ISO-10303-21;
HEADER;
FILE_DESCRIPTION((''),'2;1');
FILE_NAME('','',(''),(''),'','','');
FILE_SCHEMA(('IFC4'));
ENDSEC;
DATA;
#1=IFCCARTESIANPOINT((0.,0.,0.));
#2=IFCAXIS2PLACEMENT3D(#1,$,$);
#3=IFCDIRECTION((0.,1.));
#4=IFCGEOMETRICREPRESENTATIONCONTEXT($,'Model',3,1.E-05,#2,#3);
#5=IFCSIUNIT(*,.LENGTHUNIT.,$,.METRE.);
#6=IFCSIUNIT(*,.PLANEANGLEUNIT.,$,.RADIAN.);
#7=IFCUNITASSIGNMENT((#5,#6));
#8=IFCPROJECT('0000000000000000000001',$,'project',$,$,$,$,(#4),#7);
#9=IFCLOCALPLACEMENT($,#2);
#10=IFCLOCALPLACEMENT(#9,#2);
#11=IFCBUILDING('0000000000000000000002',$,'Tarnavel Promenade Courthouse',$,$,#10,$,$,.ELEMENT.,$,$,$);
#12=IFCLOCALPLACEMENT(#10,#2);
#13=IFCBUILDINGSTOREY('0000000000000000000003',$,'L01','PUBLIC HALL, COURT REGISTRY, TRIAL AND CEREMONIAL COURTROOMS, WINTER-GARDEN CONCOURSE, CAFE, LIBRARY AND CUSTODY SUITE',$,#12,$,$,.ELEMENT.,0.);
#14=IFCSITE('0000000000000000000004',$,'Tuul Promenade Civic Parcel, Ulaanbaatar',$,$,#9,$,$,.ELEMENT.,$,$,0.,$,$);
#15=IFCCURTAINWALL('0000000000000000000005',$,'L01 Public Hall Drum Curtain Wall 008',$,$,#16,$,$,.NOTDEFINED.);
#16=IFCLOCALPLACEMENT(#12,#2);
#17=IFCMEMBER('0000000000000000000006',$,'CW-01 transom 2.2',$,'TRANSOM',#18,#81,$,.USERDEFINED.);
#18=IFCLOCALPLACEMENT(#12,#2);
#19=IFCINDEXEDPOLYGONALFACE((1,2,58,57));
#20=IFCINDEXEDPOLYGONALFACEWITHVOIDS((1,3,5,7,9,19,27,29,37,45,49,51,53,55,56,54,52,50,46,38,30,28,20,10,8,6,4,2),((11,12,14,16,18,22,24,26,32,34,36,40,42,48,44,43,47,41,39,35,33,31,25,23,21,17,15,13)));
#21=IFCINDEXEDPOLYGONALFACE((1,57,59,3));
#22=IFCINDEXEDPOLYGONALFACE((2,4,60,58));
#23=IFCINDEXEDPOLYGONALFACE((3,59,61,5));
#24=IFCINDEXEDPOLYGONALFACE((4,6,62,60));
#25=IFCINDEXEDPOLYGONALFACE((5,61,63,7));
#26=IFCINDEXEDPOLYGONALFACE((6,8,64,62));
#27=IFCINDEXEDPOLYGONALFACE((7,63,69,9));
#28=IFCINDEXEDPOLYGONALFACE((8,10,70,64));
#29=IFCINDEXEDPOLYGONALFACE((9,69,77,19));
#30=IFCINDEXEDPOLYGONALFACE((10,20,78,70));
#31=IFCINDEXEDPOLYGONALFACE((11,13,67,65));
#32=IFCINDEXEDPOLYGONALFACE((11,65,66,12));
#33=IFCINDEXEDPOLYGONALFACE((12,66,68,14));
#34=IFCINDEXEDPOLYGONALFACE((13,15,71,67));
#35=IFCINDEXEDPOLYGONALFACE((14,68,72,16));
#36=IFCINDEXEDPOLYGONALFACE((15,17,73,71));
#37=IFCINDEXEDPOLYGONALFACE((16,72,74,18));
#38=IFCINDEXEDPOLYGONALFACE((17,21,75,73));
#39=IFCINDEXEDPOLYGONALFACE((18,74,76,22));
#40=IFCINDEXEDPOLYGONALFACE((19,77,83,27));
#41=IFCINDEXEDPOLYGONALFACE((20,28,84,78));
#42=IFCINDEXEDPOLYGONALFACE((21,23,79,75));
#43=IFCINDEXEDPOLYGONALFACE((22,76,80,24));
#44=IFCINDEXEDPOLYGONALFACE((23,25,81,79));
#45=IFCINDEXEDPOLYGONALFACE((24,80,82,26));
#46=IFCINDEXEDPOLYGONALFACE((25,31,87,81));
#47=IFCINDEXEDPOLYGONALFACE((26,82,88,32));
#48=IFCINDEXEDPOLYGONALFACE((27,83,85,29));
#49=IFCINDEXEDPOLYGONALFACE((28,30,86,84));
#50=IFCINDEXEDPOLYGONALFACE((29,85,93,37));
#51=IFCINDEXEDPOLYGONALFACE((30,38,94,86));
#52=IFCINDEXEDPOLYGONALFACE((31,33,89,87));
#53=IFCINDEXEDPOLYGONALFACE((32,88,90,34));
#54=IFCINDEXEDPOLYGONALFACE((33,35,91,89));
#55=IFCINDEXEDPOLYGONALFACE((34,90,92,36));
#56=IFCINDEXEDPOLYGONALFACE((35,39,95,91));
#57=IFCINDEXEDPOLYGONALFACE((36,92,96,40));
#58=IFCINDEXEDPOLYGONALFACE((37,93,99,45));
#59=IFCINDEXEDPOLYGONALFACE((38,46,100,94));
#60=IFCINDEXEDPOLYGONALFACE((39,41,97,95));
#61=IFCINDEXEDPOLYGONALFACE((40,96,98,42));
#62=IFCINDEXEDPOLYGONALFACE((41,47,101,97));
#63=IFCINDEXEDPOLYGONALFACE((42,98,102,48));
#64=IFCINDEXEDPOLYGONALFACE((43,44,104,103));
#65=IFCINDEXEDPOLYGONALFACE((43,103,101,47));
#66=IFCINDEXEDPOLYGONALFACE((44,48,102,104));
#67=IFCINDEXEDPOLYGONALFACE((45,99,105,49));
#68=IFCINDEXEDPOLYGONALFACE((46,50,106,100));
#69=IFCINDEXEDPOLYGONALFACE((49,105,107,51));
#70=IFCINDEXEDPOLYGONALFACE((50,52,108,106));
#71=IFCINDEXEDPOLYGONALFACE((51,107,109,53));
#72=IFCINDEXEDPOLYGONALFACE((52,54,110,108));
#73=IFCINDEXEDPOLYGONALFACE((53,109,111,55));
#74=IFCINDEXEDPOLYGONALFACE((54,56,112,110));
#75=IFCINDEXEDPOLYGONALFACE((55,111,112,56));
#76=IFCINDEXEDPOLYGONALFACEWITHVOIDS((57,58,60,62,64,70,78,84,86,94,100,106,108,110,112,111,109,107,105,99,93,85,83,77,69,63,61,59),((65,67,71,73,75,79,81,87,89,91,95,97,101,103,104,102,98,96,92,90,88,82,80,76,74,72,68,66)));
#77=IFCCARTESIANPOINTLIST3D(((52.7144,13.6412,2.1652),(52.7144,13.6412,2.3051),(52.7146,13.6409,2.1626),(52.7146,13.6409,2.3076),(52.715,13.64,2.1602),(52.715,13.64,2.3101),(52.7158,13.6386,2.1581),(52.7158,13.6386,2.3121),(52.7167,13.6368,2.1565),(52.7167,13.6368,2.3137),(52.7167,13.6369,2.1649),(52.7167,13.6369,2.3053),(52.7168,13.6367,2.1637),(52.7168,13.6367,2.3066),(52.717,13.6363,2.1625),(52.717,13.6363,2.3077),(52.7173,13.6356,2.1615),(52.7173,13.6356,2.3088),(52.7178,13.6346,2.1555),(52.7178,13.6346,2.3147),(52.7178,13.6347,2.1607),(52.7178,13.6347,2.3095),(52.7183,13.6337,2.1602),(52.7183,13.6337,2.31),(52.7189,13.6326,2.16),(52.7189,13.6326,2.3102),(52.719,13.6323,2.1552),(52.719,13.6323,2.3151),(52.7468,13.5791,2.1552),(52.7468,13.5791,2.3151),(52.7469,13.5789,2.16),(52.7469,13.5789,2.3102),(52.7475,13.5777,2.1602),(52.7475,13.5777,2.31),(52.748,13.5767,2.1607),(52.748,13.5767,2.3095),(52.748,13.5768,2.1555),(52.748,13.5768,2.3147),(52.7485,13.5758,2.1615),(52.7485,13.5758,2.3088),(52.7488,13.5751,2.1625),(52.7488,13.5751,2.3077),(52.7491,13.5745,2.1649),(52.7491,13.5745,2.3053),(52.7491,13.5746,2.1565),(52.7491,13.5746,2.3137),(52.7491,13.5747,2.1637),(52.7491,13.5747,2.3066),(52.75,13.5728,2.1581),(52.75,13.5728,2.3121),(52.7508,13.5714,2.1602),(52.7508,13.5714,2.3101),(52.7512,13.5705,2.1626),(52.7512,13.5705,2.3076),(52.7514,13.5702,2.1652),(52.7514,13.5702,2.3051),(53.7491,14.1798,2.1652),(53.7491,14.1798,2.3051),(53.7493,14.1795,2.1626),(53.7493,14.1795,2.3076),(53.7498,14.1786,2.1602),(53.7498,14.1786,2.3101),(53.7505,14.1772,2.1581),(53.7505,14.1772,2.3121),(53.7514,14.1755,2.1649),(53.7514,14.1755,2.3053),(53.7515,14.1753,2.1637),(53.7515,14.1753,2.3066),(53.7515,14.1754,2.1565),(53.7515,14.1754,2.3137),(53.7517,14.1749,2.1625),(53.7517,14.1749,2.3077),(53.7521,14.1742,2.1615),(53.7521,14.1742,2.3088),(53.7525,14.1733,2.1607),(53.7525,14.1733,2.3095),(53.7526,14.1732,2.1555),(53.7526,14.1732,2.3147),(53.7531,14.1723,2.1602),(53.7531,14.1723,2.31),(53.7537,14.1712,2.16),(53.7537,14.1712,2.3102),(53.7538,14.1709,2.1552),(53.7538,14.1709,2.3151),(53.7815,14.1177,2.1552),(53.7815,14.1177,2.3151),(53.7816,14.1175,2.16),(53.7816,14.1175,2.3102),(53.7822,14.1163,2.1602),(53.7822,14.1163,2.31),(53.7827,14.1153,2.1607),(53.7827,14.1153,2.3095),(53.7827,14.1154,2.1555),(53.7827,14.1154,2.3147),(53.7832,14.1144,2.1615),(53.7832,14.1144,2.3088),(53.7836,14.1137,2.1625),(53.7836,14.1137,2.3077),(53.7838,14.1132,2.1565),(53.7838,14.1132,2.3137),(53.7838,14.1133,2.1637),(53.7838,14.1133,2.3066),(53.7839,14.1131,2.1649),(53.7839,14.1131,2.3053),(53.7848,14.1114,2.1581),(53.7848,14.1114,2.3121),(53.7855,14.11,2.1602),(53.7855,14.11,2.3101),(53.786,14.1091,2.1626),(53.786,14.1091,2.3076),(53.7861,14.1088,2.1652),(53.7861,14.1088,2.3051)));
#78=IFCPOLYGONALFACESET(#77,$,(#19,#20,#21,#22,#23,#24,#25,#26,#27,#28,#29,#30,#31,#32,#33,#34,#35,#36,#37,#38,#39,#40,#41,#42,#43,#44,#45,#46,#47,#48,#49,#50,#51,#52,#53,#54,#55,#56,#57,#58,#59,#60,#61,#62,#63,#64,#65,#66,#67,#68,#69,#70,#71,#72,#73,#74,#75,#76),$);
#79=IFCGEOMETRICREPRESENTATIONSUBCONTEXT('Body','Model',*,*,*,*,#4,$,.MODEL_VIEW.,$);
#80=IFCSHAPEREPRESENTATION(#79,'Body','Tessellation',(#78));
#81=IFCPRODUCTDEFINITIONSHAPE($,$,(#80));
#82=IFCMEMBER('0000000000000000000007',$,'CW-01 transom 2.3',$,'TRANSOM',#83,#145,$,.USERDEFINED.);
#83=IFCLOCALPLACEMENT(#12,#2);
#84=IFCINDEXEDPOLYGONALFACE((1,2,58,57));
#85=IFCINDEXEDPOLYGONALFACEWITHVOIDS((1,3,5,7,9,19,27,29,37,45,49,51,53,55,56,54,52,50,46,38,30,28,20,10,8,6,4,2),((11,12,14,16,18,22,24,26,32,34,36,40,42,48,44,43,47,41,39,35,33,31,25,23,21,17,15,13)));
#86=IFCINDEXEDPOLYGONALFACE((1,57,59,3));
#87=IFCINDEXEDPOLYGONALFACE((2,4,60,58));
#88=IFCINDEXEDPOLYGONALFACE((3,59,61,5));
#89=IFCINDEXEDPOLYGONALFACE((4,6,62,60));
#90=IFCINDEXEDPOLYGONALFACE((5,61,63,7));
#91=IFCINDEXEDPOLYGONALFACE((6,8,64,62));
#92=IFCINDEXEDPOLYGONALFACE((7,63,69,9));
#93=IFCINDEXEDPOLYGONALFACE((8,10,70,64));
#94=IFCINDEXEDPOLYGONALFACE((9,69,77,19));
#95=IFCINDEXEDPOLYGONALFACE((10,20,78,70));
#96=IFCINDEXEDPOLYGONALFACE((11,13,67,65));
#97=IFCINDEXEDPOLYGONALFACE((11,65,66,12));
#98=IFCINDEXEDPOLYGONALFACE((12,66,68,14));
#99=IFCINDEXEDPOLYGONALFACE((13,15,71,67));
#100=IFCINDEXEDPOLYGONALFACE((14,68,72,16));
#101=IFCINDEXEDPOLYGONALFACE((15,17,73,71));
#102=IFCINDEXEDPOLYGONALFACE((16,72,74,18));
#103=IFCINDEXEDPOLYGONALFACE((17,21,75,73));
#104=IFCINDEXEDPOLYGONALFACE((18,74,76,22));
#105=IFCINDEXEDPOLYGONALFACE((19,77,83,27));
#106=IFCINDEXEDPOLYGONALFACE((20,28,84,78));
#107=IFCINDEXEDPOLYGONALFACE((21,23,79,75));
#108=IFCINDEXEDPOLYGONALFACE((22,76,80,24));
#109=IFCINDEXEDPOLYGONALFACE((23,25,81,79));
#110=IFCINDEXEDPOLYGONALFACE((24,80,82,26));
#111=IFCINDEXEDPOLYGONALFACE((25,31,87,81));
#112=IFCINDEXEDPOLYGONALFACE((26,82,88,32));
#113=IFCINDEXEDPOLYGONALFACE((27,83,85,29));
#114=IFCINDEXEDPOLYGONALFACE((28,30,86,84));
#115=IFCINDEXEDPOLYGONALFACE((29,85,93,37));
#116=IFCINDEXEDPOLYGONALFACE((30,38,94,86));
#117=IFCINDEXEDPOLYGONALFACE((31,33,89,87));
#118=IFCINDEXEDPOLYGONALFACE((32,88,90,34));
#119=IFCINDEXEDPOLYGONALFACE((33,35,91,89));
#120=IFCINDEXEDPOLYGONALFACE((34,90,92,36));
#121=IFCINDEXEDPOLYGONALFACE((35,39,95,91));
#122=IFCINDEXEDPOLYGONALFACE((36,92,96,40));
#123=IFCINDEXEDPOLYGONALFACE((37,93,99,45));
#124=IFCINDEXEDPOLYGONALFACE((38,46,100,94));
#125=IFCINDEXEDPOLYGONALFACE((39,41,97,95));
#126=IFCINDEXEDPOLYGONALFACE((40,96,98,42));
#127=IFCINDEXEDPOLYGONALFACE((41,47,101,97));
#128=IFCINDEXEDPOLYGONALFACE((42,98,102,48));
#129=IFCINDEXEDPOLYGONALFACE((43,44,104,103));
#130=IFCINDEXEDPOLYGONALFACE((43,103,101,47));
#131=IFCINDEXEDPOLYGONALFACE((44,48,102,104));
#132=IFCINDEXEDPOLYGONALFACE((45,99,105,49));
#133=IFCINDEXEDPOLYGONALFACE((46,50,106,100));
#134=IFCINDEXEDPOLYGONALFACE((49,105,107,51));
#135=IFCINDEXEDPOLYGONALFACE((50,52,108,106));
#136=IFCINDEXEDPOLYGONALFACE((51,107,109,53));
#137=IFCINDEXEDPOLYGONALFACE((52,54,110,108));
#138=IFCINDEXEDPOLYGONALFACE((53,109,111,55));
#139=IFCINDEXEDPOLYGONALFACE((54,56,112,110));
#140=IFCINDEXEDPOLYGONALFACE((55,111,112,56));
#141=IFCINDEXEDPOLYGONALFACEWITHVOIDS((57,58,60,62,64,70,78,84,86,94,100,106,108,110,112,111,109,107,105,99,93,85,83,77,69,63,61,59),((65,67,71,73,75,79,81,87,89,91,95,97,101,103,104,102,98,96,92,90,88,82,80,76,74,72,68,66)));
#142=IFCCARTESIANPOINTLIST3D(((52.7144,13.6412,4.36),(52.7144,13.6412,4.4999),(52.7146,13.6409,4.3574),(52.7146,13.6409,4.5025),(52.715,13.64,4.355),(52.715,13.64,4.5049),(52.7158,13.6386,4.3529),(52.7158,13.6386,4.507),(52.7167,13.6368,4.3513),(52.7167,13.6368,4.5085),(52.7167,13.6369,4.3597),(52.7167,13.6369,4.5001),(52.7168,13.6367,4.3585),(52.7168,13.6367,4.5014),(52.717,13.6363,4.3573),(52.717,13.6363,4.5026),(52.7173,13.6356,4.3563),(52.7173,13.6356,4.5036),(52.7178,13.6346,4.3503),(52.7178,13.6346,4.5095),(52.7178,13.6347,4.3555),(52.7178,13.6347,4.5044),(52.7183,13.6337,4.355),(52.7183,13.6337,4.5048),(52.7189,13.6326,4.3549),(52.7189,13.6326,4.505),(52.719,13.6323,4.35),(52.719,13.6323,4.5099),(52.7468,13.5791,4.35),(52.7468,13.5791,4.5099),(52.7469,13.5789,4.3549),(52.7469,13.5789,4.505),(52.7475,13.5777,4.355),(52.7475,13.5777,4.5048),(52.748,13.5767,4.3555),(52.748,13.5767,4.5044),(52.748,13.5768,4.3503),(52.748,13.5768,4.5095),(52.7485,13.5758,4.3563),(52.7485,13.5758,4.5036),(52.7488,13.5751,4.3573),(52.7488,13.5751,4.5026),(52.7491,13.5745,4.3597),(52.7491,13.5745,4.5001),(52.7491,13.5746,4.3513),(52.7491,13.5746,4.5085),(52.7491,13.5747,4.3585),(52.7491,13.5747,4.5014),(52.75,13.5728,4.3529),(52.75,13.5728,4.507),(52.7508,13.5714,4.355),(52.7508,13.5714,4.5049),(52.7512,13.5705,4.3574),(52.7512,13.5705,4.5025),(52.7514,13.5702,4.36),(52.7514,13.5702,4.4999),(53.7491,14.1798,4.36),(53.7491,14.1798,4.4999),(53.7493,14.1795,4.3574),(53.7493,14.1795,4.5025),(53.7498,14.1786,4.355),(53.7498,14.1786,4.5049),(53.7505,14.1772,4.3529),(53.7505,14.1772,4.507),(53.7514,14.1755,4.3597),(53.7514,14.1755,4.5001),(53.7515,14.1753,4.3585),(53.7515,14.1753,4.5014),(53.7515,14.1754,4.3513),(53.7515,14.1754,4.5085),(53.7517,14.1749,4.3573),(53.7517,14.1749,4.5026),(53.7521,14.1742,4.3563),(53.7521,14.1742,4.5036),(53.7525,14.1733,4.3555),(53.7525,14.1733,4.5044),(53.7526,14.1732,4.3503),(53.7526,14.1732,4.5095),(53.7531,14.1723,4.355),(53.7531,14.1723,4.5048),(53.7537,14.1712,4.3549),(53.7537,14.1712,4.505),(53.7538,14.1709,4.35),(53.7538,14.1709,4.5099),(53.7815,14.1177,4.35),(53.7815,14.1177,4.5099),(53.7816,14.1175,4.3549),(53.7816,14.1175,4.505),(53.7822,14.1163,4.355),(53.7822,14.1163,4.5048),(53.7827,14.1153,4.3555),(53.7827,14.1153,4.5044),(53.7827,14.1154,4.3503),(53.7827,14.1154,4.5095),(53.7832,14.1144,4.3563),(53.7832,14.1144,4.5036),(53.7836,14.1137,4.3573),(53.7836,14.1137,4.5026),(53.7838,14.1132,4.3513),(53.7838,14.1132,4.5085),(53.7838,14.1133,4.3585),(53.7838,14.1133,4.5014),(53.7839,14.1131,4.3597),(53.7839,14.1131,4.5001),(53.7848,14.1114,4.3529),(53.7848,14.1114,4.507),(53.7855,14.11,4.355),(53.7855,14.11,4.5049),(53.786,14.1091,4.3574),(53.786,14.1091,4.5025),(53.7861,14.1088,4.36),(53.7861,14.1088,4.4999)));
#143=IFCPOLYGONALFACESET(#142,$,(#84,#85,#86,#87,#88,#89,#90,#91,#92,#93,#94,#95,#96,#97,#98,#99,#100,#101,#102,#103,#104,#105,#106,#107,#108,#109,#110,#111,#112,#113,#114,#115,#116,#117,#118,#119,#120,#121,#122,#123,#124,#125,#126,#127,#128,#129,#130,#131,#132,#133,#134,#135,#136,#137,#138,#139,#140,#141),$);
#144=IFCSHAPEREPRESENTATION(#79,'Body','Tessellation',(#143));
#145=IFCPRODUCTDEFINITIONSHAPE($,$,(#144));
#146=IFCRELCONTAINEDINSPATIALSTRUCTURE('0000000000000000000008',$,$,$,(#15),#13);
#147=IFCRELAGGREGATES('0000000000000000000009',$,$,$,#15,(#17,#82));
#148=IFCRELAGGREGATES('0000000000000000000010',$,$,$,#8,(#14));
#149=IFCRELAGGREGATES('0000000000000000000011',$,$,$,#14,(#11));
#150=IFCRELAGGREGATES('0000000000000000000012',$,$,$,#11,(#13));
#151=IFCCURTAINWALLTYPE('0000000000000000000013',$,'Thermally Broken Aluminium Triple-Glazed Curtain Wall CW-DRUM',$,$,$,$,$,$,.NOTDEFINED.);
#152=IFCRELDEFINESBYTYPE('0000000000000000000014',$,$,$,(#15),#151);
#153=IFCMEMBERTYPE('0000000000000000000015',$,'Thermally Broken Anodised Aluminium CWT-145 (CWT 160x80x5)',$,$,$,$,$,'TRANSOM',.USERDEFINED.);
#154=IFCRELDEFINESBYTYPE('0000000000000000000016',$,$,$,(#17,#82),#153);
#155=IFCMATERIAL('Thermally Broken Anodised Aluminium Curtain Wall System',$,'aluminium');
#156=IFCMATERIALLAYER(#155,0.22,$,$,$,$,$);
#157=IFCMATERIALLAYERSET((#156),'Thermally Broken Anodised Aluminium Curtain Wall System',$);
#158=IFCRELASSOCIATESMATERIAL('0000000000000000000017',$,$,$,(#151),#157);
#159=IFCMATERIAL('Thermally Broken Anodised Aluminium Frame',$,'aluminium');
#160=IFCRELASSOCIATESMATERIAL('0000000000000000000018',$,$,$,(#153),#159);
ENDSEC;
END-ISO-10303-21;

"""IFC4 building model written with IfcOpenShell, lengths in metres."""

from ifc_helpers import new_model, si_unit, direction, frame, origin, origin_2d, place, context, subcontext, project, spatial, hollow_rectangle, extrude, material, layer, layer_set, material_profile, profile_set, type_object, element, aggregate, save


model = new_model("IFC4")

# Units and contexts
model_context = context("Model", 3, precision=1e-05, world=origin(), true_north=direction((0.0, 1.0)))
body_context = subcontext(model_context, "Body", "Model", "MODEL_VIEW")
ifc_project = project(units=[si_unit("LENGTHUNIT", "METRE"), si_unit("PLANEANGLEUNIT", "RADIAN")], contexts=[model_context])

# Site, building, storey
site_placement = place(None, origin())
site = spatial("IfcSite", under=ifc_project, at=site_placement, Name="Tuul Promenade Civic Parcel, Ulaanbaatar", CompositionType="ELEMENT", RefElevation=0.0)
building_placement = place(site_placement, origin())
building = spatial("IfcBuilding", under=site, at=building_placement, Name="Tarnavel Promenade Courthouse", CompositionType="ELEMENT")
storey_placement = place(building_placement, origin())
storey = spatial("IfcBuildingStorey", under=building, at=storey_placement, Name="L01", Description="PUBLIC HALL, COURT REGISTRY, TRIAL AND CEREMONIAL COURTROOMS, WINTER-GARDEN CONCOURSE, CAFE, LIBRARY AND CUSTODY SUITE", CompositionType="ELEMENT", Elevation=0.0)

# Curtain wall
ifc_material_1 = material(Name="Thermally Broken Anodised Aluminium Curtain Wall System", Category="aluminium")
ifc_layer_1 = layer(ifc_material_1, 0.22)
ifc_layer_set_1 = layer_set([ifc_layer_1], Name="Thermally Broken Anodised Aluminium Curtain Wall System")
curtain_wall_type = type_object("IfcCurtainWallType", Name="Thermally Broken Aluminium Triple-Glazed Curtain Wall CW-DRUM", PredefinedType="NOTDEFINED", material=ifc_layer_set_1)
curtain_wall_1_placement = place(storey_placement, origin())
curtain_wall_1 = element("IfcCurtainWall", 1, at=curtain_wall_1_placement, inside=storey, type_object=curtain_wall_type, Name="L01 Public Hall Drum Curtain Wall 008", PredefinedType="NOTDEFINED")
ifc_material_2 = material(Name="Thermally Broken Anodised Aluminium Frame", Category="aluminium")

# Members
ifc_material_profile_1 = material_profile(ifc_material_2, hollow_rectangle(XDim=0.0801, YDim=0.1599, WallThickness=0.0049, InnerFilletRadius=0.0049, OuterFilletRadius=0.01, at=origin_2d()), Name="CWT 160x80x5")
ifc_profile_set_1 = profile_set([ifc_material_profile_1], Name="Thermally Broken Anodised Aluminium Frame")
member_type_1 = type_object("IfcMemberType", Name="Thermally Broken Anodised Aluminium CWT-145 (CWT 160x80x5)", ElementType="TRANSOM", PredefinedType="USERDEFINED", material=ifc_profile_set_1)
member_1_placement = place(storey_placement, frame((52.7329, 13.6057, 2.2351), z_axis=(0.887025, 0.461722, 0.0), x_axis=(-0.461722, 0.887025, 0.0)))
member_1 = element("IfcMember", 2, at=member_1_placement, type_object=member_type_1, Name="CW-01 transom 2.2", ObjectType="TRANSOM", PredefinedType="USERDEFINED", context=body_context, shape_type="SweptSolid", body=[
    extrude(hollow_rectangle(XDim=0.0801, YDim=0.1599, WallThickness=0.0049, InnerFilletRadius=0.0049, OuterFilletRadius=0.01, at=origin_2d()), origin(), (0.0, 0.0, 1.0), 1.1665),
])
member_2_placement = place(storey_placement, frame((52.7329, 13.6057, 4.4299), z_axis=(0.887025, 0.461722, 0.0), x_axis=(-0.461722, 0.887025, 0.0)))
member_2 = element("IfcMember", 3, at=member_2_placement, type_object=member_type_1, Name="CW-01 transom 2.3", ObjectType="TRANSOM", PredefinedType="USERDEFINED", context=body_context, shape_type="SweptSolid", body=[
    extrude(hollow_rectangle(XDim=0.0801, YDim=0.1599, WallThickness=0.0049, InnerFilletRadius=0.0049, OuterFilletRadius=0.01, at=origin_2d()), origin(), (0.0, 0.0, 1.0), 1.1665),
])

aggregate(curtain_wall_1, [member_1, member_2])

save(model, "model.ifc")
